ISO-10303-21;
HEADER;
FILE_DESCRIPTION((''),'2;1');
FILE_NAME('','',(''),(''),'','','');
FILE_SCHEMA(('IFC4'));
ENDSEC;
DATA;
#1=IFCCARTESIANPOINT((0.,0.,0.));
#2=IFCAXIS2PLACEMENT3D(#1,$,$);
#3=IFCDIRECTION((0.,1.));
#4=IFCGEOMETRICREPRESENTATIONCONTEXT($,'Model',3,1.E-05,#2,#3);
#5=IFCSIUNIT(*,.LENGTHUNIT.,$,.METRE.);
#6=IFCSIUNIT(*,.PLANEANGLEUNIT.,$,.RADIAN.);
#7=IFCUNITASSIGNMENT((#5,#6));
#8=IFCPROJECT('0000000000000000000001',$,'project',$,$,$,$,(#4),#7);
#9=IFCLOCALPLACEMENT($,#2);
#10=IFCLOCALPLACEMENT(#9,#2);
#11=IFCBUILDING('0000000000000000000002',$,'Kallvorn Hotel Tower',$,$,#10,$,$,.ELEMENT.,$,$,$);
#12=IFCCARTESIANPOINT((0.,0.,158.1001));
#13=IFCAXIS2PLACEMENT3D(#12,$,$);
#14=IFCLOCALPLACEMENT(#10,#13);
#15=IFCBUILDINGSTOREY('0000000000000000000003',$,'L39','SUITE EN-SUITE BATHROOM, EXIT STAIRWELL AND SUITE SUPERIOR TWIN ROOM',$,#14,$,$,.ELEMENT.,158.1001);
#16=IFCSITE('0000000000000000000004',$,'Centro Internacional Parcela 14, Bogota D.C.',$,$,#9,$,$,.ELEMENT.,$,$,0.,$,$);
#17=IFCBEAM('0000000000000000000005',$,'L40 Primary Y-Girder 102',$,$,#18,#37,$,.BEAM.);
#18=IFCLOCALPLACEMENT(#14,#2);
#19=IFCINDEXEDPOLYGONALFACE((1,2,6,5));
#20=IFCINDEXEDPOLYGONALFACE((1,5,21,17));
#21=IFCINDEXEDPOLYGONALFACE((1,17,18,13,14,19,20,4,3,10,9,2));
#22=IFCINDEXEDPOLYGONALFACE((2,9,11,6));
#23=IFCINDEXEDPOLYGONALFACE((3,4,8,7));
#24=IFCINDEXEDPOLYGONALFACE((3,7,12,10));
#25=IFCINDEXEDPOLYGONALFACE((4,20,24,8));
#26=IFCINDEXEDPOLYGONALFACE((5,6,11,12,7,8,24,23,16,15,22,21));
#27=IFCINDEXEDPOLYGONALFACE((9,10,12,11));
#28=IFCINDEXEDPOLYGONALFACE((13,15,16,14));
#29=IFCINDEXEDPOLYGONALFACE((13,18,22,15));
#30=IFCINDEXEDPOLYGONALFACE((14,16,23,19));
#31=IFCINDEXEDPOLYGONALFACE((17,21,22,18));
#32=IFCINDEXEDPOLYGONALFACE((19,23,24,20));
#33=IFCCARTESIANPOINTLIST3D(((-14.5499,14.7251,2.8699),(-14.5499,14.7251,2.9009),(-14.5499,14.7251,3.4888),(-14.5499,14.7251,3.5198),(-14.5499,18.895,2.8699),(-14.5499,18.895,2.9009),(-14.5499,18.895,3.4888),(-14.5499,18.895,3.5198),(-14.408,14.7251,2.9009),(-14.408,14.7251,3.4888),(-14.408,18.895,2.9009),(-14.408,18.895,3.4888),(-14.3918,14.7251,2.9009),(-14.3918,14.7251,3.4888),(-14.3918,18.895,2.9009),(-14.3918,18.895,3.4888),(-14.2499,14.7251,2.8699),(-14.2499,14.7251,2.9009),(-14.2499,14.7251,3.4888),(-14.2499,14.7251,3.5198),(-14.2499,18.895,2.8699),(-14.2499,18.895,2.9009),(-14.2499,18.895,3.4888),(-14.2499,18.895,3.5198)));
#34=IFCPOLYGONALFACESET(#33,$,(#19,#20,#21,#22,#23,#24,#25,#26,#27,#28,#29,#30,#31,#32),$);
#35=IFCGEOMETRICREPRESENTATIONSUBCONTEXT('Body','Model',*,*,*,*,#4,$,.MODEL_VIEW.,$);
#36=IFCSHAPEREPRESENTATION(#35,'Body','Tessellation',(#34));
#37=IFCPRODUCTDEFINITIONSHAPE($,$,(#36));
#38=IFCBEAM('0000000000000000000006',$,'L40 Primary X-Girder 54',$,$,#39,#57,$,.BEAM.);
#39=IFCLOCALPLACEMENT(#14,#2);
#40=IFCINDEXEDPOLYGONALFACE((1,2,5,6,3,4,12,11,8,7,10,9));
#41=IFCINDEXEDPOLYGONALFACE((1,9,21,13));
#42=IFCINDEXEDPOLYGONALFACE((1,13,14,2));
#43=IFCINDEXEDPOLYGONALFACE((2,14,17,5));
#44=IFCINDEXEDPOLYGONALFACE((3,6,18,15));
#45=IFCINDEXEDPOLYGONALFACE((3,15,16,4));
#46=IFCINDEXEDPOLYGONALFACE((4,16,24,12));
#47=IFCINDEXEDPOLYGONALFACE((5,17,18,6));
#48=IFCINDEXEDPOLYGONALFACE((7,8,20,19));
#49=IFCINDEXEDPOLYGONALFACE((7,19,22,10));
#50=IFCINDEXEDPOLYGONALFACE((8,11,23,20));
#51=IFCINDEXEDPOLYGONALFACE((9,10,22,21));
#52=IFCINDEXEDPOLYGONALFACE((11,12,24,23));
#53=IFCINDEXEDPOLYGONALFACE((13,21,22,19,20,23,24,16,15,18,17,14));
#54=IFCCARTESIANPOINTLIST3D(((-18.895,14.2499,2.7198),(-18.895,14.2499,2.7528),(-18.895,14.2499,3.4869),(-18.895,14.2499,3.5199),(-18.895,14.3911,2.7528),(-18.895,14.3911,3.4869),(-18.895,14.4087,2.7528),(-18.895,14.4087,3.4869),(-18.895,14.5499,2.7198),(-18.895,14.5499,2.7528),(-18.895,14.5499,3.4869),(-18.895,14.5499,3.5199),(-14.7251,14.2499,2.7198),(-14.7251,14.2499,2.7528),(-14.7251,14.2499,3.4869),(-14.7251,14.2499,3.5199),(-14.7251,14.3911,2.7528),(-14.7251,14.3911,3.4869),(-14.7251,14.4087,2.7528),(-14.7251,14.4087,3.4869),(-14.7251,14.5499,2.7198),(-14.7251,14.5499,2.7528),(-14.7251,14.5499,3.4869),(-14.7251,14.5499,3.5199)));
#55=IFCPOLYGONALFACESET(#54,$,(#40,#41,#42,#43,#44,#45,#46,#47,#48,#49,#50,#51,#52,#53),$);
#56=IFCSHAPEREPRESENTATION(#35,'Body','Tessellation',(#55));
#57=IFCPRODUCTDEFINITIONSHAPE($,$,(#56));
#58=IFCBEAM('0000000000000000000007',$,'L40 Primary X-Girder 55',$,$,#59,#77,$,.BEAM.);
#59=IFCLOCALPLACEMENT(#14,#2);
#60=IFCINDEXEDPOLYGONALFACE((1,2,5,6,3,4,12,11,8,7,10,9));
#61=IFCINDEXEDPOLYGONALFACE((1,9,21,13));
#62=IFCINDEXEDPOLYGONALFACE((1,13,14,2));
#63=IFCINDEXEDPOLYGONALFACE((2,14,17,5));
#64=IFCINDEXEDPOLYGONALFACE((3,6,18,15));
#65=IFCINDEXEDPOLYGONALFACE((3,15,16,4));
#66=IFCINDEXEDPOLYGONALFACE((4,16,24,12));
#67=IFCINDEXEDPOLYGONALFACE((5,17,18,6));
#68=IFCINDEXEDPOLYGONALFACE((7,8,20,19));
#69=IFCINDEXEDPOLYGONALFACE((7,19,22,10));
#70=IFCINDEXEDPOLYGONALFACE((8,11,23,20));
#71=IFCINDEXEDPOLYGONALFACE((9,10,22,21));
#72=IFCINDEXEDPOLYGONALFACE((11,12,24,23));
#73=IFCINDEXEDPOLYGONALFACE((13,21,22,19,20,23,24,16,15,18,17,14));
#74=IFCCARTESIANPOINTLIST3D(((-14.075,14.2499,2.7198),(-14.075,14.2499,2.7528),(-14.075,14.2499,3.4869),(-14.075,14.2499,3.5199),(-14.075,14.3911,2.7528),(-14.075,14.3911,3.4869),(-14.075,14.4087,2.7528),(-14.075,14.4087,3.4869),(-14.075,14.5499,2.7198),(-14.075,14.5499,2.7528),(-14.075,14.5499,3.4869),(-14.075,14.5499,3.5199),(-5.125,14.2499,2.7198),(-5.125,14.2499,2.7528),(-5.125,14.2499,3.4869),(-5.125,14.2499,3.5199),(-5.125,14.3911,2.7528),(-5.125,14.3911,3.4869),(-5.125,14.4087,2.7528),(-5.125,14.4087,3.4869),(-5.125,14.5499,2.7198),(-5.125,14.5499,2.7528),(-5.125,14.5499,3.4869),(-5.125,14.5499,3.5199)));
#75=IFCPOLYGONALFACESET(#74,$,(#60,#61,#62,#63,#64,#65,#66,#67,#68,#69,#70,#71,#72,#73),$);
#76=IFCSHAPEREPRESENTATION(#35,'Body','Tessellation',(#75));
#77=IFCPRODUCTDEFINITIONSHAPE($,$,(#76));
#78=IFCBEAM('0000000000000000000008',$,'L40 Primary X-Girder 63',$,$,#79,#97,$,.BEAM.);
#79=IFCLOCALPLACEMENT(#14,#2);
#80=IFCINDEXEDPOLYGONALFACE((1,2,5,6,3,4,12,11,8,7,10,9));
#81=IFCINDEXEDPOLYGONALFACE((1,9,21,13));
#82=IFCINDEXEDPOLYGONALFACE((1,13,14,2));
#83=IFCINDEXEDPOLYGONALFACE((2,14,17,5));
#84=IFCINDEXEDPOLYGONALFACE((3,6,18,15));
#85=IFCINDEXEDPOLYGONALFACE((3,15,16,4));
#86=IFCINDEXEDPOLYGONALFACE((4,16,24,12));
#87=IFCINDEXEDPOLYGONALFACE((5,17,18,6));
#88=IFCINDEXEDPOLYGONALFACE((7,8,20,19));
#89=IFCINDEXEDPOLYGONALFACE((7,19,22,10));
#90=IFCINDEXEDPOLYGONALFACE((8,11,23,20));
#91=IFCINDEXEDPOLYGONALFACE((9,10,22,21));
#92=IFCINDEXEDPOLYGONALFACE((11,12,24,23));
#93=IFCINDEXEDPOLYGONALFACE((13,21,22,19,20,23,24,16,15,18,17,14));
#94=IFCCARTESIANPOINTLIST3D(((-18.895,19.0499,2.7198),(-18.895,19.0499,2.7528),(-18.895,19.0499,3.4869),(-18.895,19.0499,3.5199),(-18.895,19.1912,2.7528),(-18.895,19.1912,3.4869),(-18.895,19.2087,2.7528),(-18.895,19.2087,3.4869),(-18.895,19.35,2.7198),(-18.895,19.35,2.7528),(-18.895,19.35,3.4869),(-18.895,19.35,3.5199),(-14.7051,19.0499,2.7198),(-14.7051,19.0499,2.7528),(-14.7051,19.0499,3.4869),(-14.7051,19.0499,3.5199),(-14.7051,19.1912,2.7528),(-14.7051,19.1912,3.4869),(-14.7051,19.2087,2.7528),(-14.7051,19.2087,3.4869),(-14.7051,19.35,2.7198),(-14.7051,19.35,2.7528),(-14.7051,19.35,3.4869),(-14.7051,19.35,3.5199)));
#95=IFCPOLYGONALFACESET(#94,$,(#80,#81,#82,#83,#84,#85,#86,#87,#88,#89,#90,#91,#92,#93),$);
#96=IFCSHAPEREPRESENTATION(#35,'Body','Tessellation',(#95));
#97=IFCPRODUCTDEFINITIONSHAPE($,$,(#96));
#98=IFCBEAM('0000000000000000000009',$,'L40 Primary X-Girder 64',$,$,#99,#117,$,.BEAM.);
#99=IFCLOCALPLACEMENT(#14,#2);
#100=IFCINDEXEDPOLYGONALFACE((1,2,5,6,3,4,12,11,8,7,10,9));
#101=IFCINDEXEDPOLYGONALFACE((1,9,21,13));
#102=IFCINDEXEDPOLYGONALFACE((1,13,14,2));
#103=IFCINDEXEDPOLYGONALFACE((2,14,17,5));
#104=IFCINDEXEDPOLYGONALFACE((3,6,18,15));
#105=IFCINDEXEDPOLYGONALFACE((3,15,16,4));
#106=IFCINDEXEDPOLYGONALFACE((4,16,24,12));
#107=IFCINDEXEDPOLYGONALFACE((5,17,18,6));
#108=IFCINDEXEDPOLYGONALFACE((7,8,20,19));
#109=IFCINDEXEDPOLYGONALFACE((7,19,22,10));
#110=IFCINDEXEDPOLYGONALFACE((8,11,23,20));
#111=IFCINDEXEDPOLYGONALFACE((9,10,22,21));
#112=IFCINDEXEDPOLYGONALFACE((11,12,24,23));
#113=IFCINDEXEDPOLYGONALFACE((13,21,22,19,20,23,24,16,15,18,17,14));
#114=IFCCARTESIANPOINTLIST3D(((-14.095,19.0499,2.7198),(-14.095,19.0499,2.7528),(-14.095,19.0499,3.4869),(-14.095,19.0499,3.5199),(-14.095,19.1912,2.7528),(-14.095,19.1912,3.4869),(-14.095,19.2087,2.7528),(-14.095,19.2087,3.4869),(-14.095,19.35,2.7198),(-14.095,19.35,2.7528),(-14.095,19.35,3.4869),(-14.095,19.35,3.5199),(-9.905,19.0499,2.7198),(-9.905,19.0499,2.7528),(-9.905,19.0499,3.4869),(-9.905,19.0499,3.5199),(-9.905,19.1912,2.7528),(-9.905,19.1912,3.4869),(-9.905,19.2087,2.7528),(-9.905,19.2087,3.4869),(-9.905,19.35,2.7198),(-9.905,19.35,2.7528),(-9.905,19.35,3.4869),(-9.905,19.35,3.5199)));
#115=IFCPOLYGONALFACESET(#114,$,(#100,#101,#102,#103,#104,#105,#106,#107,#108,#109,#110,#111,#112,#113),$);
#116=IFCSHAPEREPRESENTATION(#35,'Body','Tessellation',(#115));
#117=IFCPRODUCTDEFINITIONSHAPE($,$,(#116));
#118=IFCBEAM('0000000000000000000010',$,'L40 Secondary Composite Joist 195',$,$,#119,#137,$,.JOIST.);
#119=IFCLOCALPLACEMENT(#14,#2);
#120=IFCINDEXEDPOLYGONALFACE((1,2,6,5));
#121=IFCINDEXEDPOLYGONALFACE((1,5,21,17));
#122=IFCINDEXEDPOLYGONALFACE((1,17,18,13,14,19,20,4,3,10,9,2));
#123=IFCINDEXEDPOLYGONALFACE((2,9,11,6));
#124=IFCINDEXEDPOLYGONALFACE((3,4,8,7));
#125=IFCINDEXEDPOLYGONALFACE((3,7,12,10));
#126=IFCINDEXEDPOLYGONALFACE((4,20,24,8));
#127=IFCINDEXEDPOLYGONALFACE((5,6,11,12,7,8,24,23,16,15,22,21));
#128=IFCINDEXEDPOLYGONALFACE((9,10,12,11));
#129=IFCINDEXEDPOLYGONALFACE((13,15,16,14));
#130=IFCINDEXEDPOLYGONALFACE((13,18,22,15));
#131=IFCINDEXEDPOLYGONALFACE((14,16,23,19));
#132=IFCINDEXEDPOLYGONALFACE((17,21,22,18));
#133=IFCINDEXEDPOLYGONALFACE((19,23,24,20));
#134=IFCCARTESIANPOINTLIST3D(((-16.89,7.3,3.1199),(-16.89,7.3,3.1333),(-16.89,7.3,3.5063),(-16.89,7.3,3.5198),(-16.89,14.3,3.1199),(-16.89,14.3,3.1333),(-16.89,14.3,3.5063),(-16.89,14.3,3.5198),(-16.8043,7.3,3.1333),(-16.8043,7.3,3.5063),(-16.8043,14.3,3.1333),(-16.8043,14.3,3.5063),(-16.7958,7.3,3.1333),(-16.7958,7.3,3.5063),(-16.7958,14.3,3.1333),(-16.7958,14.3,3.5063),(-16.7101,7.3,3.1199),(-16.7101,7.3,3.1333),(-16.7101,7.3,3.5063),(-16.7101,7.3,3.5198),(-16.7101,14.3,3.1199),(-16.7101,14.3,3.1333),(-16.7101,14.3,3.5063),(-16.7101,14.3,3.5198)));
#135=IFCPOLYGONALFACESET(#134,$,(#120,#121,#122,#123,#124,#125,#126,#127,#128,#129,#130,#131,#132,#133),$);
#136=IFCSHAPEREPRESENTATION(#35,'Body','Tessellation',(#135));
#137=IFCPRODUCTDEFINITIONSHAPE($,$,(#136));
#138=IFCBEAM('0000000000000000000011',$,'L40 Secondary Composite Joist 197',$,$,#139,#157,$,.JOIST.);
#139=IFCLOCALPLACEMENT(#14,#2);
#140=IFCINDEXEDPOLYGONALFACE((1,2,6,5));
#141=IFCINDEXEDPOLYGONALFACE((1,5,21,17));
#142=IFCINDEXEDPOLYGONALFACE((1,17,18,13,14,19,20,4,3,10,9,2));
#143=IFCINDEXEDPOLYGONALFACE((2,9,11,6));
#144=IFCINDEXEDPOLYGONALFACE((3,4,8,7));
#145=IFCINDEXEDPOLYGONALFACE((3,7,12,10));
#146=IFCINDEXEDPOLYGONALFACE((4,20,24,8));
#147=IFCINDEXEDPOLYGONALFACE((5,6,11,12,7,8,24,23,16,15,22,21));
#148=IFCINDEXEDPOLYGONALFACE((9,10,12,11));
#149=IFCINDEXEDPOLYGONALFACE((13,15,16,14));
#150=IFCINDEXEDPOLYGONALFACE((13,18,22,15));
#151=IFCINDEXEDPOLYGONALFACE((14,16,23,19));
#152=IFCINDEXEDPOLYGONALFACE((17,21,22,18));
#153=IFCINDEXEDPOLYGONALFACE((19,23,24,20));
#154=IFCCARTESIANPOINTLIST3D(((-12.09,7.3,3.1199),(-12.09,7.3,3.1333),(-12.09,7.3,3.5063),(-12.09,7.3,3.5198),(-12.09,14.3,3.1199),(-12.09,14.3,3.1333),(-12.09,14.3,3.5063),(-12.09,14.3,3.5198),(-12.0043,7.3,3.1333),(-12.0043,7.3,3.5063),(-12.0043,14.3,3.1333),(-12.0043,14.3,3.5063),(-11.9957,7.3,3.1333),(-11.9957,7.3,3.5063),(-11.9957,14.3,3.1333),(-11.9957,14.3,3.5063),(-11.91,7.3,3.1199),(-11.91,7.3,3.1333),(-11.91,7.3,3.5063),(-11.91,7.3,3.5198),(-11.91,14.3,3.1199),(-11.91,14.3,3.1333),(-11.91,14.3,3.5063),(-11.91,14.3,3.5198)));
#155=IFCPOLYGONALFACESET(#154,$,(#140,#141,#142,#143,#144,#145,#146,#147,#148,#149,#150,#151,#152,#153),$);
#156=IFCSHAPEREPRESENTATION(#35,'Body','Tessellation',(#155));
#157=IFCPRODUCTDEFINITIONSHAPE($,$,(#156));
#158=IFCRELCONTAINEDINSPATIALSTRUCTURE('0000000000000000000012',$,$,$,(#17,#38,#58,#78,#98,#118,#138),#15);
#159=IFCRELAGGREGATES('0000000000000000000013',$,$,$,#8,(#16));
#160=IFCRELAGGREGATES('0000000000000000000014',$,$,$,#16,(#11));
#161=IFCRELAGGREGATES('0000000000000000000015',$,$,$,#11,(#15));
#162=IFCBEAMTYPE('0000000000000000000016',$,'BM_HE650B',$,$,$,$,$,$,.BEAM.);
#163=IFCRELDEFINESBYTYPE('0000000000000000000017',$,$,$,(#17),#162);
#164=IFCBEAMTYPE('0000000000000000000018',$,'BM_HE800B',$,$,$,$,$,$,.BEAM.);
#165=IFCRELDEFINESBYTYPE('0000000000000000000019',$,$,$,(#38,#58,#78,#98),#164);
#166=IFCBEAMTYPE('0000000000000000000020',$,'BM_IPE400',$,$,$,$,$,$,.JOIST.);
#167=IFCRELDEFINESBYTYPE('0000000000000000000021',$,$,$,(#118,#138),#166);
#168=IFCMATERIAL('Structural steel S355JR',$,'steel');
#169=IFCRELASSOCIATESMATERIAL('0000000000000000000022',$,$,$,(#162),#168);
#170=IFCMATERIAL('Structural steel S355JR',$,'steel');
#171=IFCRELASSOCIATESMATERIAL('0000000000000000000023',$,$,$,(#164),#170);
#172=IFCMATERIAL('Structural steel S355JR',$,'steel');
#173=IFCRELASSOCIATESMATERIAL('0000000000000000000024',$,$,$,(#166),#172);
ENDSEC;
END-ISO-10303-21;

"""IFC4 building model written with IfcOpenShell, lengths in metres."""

from ifc_helpers import new_model, si_unit, direction, frame, origin, origin_2d, place, context, subcontext, project, spatial, i_section, extrude, material, material_profile, profile_set, type_object, element, save


model = new_model("IFC4")

# Units and contexts
model_context = context("Model", 3, precision=1e-05, world=origin(), true_north=direction((0.0, 1.0)))
body_context = subcontext(model_context, "Body", "Model", "MODEL_VIEW")
ifc_project = project(units=[si_unit("LENGTHUNIT", "METRE"), si_unit("PLANEANGLEUNIT", "RADIAN")], contexts=[model_context])

# Site, building, storey
site_placement = place(None, origin())
site = spatial("IfcSite", under=ifc_project, at=site_placement, Name="Centro Internacional Parcela 14, Bogota D.C.", CompositionType="ELEMENT", RefElevation=0.0)
building_placement = place(site_placement, origin())
building = spatial("IfcBuilding", under=site, at=building_placement, Name="Kallvorn Hotel Tower", CompositionType="ELEMENT")
storey_placement = place(building_placement, frame((0.0, 0.0, 158.1001)))
storey = spatial("IfcBuildingStorey", under=building, at=storey_placement, Name="L39", Description="SUITE EN-SUITE BATHROOM, EXIT STAIRWELL AND SUITE SUPERIOR TWIN ROOM", CompositionType="ELEMENT", Elevation=158.1001)

# Beams
ifc_material_1 = material(Name="Structural steel S355JR", Category="steel")
ifc_material_profile_1 = material_profile(ifc_material_1, i_section(OverallWidth=0.3, OverallDepth=0.6499, WebThickness=0.0161, FlangeThickness=0.031, at=origin_2d()), Name="HE 650 B")
ifc_profile_set_1 = profile_set([ifc_material_profile_1], Name="Structural steel S355JR")
beam_type_1 = type_object("IfcBeamType", Name="BM_HE650B", PredefinedType="BEAM", material=ifc_profile_set_1)
beam_1_placement = place(storey_placement, frame((-14.3999, 14.7251, 3.1948), z_axis=(0.0, 1.0, 0.0), x_axis=(-1.0, 0.0, 0.0)))
element("IfcBeam", 1, at=beam_1_placement, inside=storey, type_object=beam_type_1, Name="L40 Primary Y-Girder 102", PredefinedType="BEAM", context=body_context, shape_type="SweptSolid", body=[
    extrude(i_section(OverallWidth=0.3, OverallDepth=0.6499, WebThickness=0.0161, FlangeThickness=0.031, at=origin_2d()), origin(), (0.0, 0.0, 1.0), 4.1699),
])
ifc_material_2 = material(Name="Structural steel S355JR", Category="steel")
ifc_material_profile_2 = material_profile(ifc_material_2, i_section(OverallWidth=0.3, OverallDepth=0.8, WebThickness=0.0176, FlangeThickness=0.033, at=origin_2d()), Name="HE 800 B")
ifc_profile_set_2 = profile_set([ifc_material_profile_2], Name="Structural steel S355JR")
beam_type_2 = type_object("IfcBeamType", Name="BM_HE800B", PredefinedType="BEAM", material=ifc_profile_set_2)
beam_2_placement = place(storey_placement, frame((-18.895, 14.3999, 3.1199), z_axis=(1.0, 0.0, 0.0), x_axis=(0.0, 1.0, 0.0)))
element("IfcBeam", 2, at=beam_2_placement, inside=storey, type_object=beam_type_2, Name="L40 Primary X-Girder 54", PredefinedType="BEAM", context=body_context, shape_type="SweptSolid", body=[
    extrude(i_section(OverallWidth=0.3, OverallDepth=0.8, WebThickness=0.0176, FlangeThickness=0.033, at=origin_2d()), origin(), (0.0, 0.0, 1.0), 4.1699),
])
beam_3_placement = place(storey_placement, frame((-14.075, 14.3999, 3.1199), z_axis=(1.0, 0.0, 0.0), x_axis=(0.0, 1.0, 0.0)))
element("IfcBeam", 3, at=beam_3_placement, inside=storey, type_object=beam_type_2, Name="L40 Primary X-Girder 55", PredefinedType="BEAM", context=body_context, shape_type="SweptSolid", body=[
    extrude(i_section(OverallWidth=0.3, OverallDepth=0.8, WebThickness=0.0176, FlangeThickness=0.033, at=origin_2d()), origin(), (0.0, 0.0, 1.0), 8.95),
])
for number, where, z_axis, x_axis, name in (
    (4, (-18.895, 19.2, 3.1199), (1.0, 0.0, 0.0), (0.0, 1.0, 0.0), "L40 Primary X-Girder 63"),
    (5, (-14.095, 19.2, 3.1199), (1.0, 0.0, 0.0), (0.0, 1.0, 0.0), "L40 Primary X-Girder 64"),
):
    element("IfcBeam", number, at=place(storey_placement, frame(where, z_axis=z_axis, x_axis=x_axis)), inside=storey, type_object=beam_type_2, Name=name, PredefinedType="BEAM", context=body_context, shape_type="SweptSolid", body=[
        extrude(i_section(OverallWidth=0.3, OverallDepth=0.8, WebThickness=0.0176, FlangeThickness=0.033, at=origin_2d()), origin(), (0.0, 0.0, 1.0), 4.1899),
    ])
ifc_material_3 = material(Name="Structural steel S355JR", Category="steel")
ifc_material_profile_3 = material_profile(ifc_material_3, i_section(OverallWidth=0.1799, OverallDepth=0.3999, WebThickness=0.0085, FlangeThickness=0.0134, at=origin_2d()), Name="IPE 400")
ifc_profile_set_3 = profile_set([ifc_material_profile_3], Name="Structural steel S355JR")
beam_type_3 = type_object("IfcBeamType", Name="BM_IPE400", PredefinedType="JOIST", material=ifc_profile_set_3)
for number, where, z_axis, x_axis, name in (
    (6, (-16.8, 7.3, 3.3198), (0.0, 1.0, 0.0), (-1.0, 0.0, 0.0), "L40 Secondary Composite Joist 195"),
    (7, (-12.0, 7.3, 3.3198), (0.0, 1.0, 0.0), (-1.0, 0.0, 0.0), "L40 Secondary Composite Joist 197"),
):
    element("IfcBeam", number, at=place(storey_placement, frame(where, z_axis=z_axis, x_axis=x_axis)), inside=storey, type_object=beam_type_3, Name=name, PredefinedType="JOIST", context=body_context, shape_type="SweptSolid", body=[
        extrude(i_section(OverallWidth=0.1799, OverallDepth=0.3999, WebThickness=0.0085, FlangeThickness=0.0134, at=origin_2d()), origin(), (0.0, 0.0, 1.0), 7.0),
    ])

save(model, "model.ifc")
